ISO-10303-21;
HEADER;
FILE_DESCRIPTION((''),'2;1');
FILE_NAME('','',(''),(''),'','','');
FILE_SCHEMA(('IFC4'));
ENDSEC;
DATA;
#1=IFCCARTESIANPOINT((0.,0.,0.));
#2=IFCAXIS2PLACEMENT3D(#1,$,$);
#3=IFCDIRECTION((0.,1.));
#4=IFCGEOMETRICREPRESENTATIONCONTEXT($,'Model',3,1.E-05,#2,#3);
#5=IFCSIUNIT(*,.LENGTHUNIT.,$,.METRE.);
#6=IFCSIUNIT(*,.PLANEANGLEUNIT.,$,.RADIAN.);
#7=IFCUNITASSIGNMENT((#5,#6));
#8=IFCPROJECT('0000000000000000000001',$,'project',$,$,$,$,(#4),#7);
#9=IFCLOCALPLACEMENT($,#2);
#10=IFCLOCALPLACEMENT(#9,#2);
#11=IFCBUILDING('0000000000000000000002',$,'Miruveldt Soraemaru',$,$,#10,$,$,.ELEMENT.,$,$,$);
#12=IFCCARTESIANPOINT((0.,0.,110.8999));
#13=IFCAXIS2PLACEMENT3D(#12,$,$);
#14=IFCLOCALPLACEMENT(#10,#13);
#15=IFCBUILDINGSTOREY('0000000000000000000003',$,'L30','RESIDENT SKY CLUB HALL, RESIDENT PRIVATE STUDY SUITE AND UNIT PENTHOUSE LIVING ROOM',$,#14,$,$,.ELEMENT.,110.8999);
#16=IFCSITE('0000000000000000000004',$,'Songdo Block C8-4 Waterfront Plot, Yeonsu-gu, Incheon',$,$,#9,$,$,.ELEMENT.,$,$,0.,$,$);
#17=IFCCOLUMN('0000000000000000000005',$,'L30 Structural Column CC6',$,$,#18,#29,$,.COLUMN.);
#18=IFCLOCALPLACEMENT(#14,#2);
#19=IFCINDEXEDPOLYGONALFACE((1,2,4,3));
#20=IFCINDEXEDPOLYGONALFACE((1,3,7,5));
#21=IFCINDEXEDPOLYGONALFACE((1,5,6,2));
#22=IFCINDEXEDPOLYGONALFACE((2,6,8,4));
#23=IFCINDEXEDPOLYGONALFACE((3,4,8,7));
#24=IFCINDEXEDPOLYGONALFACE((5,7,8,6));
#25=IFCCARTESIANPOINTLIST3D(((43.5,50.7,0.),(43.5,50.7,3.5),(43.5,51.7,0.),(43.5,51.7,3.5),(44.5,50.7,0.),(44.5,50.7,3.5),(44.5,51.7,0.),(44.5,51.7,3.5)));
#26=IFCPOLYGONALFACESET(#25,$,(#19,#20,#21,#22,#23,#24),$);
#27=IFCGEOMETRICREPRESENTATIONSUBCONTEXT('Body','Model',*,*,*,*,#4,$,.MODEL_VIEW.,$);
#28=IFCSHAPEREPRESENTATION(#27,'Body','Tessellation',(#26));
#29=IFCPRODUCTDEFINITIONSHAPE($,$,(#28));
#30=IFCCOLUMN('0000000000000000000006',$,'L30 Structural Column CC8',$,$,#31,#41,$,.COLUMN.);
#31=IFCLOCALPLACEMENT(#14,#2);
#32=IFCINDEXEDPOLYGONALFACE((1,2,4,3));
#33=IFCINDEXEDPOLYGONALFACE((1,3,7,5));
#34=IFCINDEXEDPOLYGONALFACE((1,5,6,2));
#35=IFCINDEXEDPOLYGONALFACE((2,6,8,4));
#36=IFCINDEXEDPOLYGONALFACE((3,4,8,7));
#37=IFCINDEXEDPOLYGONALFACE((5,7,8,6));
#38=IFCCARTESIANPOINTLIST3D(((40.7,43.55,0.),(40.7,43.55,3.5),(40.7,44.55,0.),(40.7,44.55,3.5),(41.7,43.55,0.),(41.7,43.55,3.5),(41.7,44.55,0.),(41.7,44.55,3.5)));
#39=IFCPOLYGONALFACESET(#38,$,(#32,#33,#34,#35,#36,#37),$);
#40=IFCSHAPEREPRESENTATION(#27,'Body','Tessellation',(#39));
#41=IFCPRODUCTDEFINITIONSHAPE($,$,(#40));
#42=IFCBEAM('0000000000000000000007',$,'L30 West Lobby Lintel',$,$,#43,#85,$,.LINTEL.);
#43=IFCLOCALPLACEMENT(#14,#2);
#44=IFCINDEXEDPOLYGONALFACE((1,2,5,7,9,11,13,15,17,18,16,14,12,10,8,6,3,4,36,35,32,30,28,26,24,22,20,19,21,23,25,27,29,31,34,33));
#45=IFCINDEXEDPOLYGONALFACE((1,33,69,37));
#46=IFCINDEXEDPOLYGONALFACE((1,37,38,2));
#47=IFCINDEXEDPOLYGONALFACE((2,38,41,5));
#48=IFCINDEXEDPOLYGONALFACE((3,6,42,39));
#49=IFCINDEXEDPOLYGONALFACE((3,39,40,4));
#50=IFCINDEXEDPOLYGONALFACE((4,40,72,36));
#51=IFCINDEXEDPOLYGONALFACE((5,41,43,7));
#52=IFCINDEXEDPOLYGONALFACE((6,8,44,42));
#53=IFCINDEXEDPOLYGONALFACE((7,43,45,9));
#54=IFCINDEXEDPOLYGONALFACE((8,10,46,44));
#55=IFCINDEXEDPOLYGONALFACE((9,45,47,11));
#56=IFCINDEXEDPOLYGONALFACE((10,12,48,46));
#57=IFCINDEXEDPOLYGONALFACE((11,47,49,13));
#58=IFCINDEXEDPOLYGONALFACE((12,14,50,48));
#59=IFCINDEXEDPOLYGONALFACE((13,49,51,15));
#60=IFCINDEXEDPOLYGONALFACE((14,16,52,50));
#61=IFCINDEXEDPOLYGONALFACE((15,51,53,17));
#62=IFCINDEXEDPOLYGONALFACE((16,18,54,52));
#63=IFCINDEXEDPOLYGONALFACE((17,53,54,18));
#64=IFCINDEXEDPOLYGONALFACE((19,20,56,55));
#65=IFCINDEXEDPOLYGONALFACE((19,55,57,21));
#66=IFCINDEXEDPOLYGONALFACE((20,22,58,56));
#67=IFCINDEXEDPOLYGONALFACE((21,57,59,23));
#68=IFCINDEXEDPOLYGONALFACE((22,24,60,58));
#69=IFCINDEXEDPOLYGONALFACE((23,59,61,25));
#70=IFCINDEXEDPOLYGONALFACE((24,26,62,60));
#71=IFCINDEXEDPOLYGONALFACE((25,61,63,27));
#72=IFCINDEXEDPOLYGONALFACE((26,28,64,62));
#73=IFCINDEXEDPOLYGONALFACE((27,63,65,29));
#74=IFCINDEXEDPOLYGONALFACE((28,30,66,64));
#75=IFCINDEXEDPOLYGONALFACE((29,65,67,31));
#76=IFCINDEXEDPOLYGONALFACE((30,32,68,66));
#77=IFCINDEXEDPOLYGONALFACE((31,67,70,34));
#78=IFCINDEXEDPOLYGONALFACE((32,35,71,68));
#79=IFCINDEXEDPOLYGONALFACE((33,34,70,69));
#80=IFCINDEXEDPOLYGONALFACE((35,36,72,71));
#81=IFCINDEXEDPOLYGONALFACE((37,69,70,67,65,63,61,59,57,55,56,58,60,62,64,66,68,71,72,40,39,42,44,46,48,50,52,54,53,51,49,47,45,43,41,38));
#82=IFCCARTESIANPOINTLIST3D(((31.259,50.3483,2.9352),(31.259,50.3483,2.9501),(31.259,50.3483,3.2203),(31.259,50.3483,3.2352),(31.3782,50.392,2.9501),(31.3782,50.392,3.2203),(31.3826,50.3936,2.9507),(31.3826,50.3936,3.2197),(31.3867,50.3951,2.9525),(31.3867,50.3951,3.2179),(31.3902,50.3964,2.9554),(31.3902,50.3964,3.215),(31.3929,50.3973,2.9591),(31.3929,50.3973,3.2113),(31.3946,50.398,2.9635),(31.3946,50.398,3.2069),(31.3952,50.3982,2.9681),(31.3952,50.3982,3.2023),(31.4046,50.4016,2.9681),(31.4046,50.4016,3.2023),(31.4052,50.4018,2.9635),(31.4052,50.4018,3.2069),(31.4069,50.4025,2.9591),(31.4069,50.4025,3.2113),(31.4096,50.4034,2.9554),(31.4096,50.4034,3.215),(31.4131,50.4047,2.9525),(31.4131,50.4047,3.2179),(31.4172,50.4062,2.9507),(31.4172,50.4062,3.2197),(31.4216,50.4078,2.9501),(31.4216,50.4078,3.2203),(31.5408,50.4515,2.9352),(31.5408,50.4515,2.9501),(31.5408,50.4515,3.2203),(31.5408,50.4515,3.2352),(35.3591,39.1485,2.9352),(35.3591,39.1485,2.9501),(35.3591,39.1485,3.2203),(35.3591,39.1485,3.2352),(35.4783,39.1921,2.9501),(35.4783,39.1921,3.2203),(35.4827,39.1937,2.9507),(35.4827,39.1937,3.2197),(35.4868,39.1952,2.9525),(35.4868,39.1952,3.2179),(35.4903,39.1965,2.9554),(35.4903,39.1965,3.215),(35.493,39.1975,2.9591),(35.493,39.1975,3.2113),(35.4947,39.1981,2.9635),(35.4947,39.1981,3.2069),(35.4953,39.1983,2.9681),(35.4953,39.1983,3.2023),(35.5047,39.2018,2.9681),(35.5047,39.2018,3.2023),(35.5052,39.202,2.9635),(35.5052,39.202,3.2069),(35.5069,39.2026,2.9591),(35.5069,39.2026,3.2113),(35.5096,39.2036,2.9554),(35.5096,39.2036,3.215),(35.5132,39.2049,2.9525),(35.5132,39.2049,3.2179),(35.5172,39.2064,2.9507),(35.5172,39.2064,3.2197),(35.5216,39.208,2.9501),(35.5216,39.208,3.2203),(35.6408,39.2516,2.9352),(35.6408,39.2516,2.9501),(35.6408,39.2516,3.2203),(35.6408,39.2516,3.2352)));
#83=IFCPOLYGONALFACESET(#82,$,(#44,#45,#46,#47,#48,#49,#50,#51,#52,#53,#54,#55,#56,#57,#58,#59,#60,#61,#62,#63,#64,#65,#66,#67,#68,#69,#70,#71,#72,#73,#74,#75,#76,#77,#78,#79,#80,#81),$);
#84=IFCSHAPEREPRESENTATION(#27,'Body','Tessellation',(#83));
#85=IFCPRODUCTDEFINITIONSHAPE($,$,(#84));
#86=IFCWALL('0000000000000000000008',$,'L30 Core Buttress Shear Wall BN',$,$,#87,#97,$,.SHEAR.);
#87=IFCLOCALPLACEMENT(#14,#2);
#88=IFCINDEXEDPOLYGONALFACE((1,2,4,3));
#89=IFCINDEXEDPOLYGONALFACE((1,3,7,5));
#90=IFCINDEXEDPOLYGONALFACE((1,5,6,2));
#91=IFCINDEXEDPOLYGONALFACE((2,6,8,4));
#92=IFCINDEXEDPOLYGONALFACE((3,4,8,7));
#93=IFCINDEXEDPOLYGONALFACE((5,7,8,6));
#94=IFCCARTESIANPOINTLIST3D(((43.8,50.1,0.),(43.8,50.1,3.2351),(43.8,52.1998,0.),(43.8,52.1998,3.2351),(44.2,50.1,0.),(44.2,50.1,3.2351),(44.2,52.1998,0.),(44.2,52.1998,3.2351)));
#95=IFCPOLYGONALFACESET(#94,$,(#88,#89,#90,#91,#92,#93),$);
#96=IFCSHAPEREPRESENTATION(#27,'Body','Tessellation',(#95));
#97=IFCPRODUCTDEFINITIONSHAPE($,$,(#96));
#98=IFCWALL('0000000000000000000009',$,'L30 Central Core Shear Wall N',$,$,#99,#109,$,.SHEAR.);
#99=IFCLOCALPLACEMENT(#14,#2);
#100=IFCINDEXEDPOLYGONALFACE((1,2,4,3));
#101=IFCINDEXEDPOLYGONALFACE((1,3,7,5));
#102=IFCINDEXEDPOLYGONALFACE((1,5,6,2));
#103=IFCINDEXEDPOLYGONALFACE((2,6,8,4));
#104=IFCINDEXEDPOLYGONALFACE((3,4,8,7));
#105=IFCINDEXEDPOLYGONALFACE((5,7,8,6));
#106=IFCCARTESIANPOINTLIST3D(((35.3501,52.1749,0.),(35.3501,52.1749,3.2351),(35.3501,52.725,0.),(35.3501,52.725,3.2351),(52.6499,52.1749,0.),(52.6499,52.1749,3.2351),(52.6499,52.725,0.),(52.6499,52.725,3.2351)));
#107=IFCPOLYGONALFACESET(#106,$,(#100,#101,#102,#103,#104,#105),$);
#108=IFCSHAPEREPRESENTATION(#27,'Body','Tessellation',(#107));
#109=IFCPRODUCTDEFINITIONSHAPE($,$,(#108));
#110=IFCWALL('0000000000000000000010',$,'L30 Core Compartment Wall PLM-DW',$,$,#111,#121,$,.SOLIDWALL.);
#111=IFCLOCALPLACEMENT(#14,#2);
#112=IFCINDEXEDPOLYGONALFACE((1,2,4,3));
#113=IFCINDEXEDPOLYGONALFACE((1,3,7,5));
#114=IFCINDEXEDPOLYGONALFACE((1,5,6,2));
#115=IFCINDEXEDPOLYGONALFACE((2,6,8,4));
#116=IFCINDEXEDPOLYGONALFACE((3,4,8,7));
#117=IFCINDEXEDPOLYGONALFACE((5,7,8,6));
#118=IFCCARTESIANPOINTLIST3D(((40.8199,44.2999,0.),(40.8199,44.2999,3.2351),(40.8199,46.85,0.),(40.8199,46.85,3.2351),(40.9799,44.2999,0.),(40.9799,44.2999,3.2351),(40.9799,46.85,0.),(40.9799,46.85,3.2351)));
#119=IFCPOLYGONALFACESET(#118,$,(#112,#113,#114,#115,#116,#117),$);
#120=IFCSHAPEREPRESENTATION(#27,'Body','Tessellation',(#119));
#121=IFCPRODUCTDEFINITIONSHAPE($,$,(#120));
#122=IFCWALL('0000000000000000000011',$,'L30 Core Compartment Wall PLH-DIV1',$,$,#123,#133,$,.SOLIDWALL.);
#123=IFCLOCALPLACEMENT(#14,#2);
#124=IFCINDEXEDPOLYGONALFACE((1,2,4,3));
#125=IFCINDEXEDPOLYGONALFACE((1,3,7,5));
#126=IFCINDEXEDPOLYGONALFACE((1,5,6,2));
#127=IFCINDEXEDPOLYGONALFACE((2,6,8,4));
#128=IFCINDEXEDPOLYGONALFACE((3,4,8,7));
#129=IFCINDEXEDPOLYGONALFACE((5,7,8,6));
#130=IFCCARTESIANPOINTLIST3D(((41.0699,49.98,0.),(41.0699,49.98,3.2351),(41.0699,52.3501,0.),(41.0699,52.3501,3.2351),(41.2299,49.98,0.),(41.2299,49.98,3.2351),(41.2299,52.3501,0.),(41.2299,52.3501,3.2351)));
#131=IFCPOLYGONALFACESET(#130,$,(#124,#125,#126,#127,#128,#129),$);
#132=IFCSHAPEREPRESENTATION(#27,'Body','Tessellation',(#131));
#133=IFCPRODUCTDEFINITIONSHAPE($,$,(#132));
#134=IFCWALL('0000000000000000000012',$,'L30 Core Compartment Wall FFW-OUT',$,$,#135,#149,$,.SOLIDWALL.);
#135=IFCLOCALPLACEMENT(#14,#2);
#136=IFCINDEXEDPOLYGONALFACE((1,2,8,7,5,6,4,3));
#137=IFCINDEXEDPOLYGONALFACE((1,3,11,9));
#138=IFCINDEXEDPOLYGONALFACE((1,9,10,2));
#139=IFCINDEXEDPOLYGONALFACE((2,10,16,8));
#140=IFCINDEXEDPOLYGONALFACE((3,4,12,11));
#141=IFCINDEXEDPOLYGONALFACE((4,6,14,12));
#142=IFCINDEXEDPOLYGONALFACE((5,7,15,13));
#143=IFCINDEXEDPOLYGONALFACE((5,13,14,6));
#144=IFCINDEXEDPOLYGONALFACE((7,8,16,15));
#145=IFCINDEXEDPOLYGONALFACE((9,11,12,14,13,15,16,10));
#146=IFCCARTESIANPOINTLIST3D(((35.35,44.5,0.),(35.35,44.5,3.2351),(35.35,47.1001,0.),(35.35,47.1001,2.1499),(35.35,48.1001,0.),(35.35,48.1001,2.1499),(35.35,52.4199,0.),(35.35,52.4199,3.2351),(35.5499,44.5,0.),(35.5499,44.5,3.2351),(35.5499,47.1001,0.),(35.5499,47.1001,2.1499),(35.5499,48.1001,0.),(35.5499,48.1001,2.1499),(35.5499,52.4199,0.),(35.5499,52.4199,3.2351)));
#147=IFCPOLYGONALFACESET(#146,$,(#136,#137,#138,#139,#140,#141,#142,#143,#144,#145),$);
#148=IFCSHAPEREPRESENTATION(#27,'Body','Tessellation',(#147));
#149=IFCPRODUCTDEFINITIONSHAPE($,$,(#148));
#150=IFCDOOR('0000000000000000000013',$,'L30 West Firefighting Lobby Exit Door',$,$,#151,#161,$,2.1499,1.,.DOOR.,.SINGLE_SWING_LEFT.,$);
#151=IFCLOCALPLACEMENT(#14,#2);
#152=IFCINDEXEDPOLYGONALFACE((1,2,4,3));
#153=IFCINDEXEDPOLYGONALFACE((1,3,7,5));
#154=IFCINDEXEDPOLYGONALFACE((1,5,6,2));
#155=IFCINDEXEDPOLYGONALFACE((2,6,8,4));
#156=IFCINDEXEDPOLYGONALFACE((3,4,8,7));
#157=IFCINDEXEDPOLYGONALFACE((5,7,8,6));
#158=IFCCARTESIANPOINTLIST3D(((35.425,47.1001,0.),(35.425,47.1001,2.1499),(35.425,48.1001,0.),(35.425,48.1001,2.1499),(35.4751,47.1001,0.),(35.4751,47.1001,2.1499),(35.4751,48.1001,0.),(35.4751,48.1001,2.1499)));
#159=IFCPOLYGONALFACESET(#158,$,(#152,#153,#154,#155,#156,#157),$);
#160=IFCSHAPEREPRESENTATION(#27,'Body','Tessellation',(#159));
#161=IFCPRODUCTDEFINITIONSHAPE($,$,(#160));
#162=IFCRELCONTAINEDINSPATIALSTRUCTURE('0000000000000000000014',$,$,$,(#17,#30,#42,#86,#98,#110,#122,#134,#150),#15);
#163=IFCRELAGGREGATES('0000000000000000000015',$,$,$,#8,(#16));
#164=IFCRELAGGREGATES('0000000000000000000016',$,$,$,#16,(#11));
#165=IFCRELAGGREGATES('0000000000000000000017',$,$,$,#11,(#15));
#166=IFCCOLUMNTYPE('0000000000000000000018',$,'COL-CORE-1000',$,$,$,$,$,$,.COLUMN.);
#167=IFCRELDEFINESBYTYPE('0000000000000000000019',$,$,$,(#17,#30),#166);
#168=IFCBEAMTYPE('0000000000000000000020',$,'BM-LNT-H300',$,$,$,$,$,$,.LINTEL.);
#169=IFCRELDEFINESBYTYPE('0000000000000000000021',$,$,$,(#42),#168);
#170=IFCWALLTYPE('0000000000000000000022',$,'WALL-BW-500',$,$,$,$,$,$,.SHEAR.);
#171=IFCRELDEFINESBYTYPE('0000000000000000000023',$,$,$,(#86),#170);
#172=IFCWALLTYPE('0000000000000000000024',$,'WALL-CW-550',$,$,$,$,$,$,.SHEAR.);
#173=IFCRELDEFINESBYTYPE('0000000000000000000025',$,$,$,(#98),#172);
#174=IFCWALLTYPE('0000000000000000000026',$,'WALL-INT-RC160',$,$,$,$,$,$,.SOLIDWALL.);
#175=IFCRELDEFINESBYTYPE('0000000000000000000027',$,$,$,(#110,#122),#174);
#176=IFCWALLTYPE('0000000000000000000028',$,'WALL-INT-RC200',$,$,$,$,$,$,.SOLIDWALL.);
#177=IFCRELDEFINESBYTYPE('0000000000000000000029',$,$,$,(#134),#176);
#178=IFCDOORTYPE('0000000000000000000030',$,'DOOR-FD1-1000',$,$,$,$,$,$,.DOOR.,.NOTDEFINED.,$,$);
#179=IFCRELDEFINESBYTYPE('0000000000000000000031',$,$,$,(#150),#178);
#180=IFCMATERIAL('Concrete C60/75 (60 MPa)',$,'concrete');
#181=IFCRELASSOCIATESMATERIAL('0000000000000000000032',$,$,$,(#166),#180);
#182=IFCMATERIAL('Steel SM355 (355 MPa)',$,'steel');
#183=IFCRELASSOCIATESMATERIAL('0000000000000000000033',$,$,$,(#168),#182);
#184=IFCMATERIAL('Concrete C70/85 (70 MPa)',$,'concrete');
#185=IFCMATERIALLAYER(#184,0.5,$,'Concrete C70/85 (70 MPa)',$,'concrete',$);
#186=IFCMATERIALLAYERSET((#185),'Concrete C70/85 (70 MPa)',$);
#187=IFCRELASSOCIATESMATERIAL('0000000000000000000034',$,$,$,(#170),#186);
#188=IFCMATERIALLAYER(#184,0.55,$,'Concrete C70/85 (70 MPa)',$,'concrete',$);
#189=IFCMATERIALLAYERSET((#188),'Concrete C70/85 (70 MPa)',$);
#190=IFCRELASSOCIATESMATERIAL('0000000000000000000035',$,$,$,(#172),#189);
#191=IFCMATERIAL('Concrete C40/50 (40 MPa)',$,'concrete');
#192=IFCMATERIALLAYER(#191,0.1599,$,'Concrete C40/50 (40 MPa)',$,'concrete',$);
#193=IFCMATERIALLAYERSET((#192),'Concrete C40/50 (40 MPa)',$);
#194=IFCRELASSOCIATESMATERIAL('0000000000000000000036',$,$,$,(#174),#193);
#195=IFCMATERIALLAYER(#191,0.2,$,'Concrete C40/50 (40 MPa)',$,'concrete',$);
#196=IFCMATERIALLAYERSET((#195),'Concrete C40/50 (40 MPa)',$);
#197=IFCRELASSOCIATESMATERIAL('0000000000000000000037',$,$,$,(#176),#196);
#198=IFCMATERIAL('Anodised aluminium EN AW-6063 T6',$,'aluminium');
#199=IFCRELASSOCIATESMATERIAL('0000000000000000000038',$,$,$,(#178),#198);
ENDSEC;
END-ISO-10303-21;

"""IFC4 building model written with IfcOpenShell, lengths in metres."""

from ifc_helpers import new_model, si_unit, direction, frame, frame_2d, origin, origin_2d, place, context, subcontext, project, spatial, rectangle, i_section, extrude, material, layer, layer_set, material_profile, profile_set, type_object, element, fill, save


model = new_model("IFC4")

# Units and contexts
model_context = context("Model", 3, precision=1e-05, world=origin(), true_north=direction((0.0, 1.0)))
body_context = subcontext(model_context, "Body", "Model", "MODEL_VIEW")
ifc_project = project(units=[si_unit("LENGTHUNIT", "METRE"), si_unit("PLANEANGLEUNIT", "RADIAN")], contexts=[model_context])

# Site, building, storey
site_placement = place(None, origin())
site = spatial("IfcSite", under=ifc_project, at=site_placement, Name="Songdo Block C8-4 Waterfront Plot, Yeonsu-gu, Incheon", CompositionType="ELEMENT", RefElevation=0.0)
building_placement = place(site_placement, origin())
building = spatial("IfcBuilding", under=site, at=building_placement, Name="Miruveldt Soraemaru", CompositionType="ELEMENT")
storey_placement = place(building_placement, frame((0.0, 0.0, 110.8999)))
storey = spatial("IfcBuildingStorey", under=building, at=storey_placement, Name="L30", Description="RESIDENT SKY CLUB HALL, RESIDENT PRIVATE STUDY SUITE AND UNIT PENTHOUSE LIVING ROOM", CompositionType="ELEMENT", Elevation=110.8999)

# Columns
ifc_material_1 = material(Name="Concrete C60/75 (60 MPa)", Category="concrete")
ifc_material_profile_1 = material_profile(ifc_material_1, rectangle(XDim=1.0, YDim=1.0, at=origin_2d()), Name="Concrete C60/75 (60 MPa)", Category="concrete")
ifc_profile_set_1 = profile_set([ifc_material_profile_1], Name="Concrete C60/75 (60 MPa)")
column_type = type_object("IfcColumnType", Name="COL-CORE-1000", PredefinedType="COLUMN", material=ifc_profile_set_1)
for number, where, z_axis, x_axis, name in (
    (1, (44.0, 51.2, 0.0), (0.0, 0.0, 1.0), (1.0, 0.0, 0.0), "L30 Structural Column CC6"),
    (2, (41.2, 44.05, 0.0), (0.0, 0.0, 1.0), (1.0, 0.0, 0.0), "L30 Structural Column CC8"),
):
    element("IfcColumn", number, at=place(storey_placement, frame(where, z_axis=z_axis, x_axis=x_axis)), inside=storey, type_object=column_type, Name=name, PredefinedType="COLUMN", context=body_context, shape_type="SweptSolid", body=[
        extrude(rectangle(XDim=1.0, YDim=1.0, at=origin_2d()), origin(), (0.0, 0.0, 1.0), 3.5),
    ])

# Beam
ifc_material_2 = material(Name="Steel SM355 (355 MPa)", Category="steel")
ifc_material_profile_2 = material_profile(ifc_material_2, i_section(OverallWidth=0.3, OverallDepth=0.3, WebThickness=0.01, FlangeThickness=0.0149, FilletRadius=0.0181, at=origin_2d()), Name="Steel SM355 (355 MPa)", Category="steel")
ifc_profile_set_2 = profile_set([ifc_material_profile_2], Name="Steel SM355 (355 MPa)")
beam_type = type_object("IfcBeamType", Name="BM-LNT-H300", PredefinedType="LINTEL", material=ifc_profile_set_2)
beam_placement = place(storey_placement, frame((31.3999, 50.3999, 3.0852), z_axis=(0.34377, -0.939054, 0.0), x_axis=(0.939054, 0.34377, 0.0)))
element("IfcBeam", 3, at=beam_placement, inside=storey, type_object=beam_type, Name="L30 West Lobby Lintel", PredefinedType="LINTEL", context=body_context, shape_type="SweptSolid", body=[
    extrude(i_section(OverallWidth=0.3, OverallDepth=0.3, WebThickness=0.01, FlangeThickness=0.0149, FilletRadius=0.0181, at=origin_2d()), origin(), (0.0, 0.0, 1.0), 11.9268),
])

# Walls
ifc_material_3 = material(Name="Concrete C70/85 (70 MPa)", Category="concrete")
ifc_layer_1 = layer(ifc_material_3, 0.5, Name="Concrete C70/85 (70 MPa)", Category="concrete")
ifc_layer_set_1 = layer_set([ifc_layer_1], Name="Concrete C70/85 (70 MPa)")
wall_type_1 = type_object("IfcWallType", Name="WALL-BW-500", PredefinedType="SHEAR", material=ifc_layer_set_1)
wall_1_placement = place(storey_placement, frame((44.0, 50.1001, 0.0), z_axis=(0.0, 0.0, 1.0), x_axis=(0.0, 1.0, 0.0)))
element("IfcWall", 4, at=wall_1_placement, inside=storey, type_object=wall_type_1, Name="L30 Core Buttress Shear Wall BN", PredefinedType="SHEAR", context=body_context, shape_type="SweptSolid", body=[
    extrude(rectangle(XDim=2.0999, YDim=0.3999, at=frame_2d((1.0498, 0.0))), origin(), (0.0, 0.0, 1.0), 3.2351),
])
ifc_layer_2 = layer(ifc_material_3, 0.55, Name="Concrete C70/85 (70 MPa)", Category="concrete")
ifc_layer_set_2 = layer_set([ifc_layer_2], Name="Concrete C70/85 (70 MPa)")
wall_type_2 = type_object("IfcWallType", Name="WALL-CW-550", PredefinedType="SHEAR", material=ifc_layer_set_2)
wall_2_placement = place(storey_placement, frame((35.3501, 52.45, 0.0), z_axis=(0.0, 0.0, 1.0), x_axis=(1.0, 0.0, 0.0)))
element("IfcWall", 5, at=wall_2_placement, inside=storey, type_object=wall_type_2, Name="L30 Central Core Shear Wall N", PredefinedType="SHEAR", context=body_context, shape_type="SweptSolid", body=[
    extrude(rectangle(XDim=17.2998, YDim=0.55, at=frame_2d((8.6499, 0.0))), origin(), (0.0, 0.0, 1.0), 3.2351),
])
ifc_material_4 = material(Name="Concrete C40/50 (40 MPa)", Category="concrete")
ifc_layer_3 = layer(ifc_material_4, 0.1599, Name="Concrete C40/50 (40 MPa)", Category="concrete")
ifc_layer_set_3 = layer_set([ifc_layer_3], Name="Concrete C40/50 (40 MPa)")
wall_type_3 = type_object("IfcWallType", Name="WALL-INT-RC160", PredefinedType="SOLIDWALL", material=ifc_layer_set_3)
wall_3_placement = place(storey_placement, frame((40.8999, 44.3, 0.0), z_axis=(0.0, 0.0, 1.0), x_axis=(0.0, 1.0, 0.0)))
element("IfcWall", 6, at=wall_3_placement, inside=storey, type_object=wall_type_3, Name="L30 Core Compartment Wall PLM-DW", PredefinedType="SOLIDWALL", context=body_context, shape_type="SweptSolid", body=[
    extrude(rectangle(XDim=2.55, YDim=0.1599, at=frame_2d((1.2749, 0.0))), origin(), (0.0, 0.0, 1.0), 3.2351),
])
wall_4_placement = place(storey_placement, frame((41.1499, 49.98, 0.0), z_axis=(0.0, 0.0, 1.0), x_axis=(0.0, 1.0, 0.0)))
element("IfcWall", 7, at=wall_4_placement, inside=storey, type_object=wall_type_3, Name="L30 Core Compartment Wall PLH-DIV1", PredefinedType="SOLIDWALL", context=body_context, shape_type="SweptSolid", body=[
    extrude(rectangle(XDim=2.3701, YDim=0.1599, at=frame_2d((1.1851, 0.0))), origin(), (0.0, 0.0, 1.0), 3.2351),
])

# Wall, opening, door
ifc_layer_4 = layer(ifc_material_4, 0.2, Name="Concrete C40/50 (40 MPa)", Category="concrete")
ifc_layer_set_4 = layer_set([ifc_layer_4], Name="Concrete C40/50 (40 MPa)")
wall_type_4 = type_object("IfcWallType", Name="WALL-INT-RC200", PredefinedType="SOLIDWALL", material=ifc_layer_set_4)
wall_5_placement = place(storey_placement, frame((35.45, 44.5, 0.0), z_axis=(0.0, 0.0, 1.0), x_axis=(0.0, 1.0, 0.0)))
wall_5 = element("IfcWall", 8, at=wall_5_placement, inside=storey, type_object=wall_type_4, Name="L30 Core Compartment Wall FFW-OUT", PredefinedType="SOLIDWALL", context=body_context, shape_type="SweptSolid", body=[
    extrude(rectangle(XDim=7.9199, YDim=0.2, at=frame_2d((3.96, 0.0))), origin(), (0.0, 0.0, 1.0), 3.2351),
])
opening_1_placement = place(wall_5_placement, frame((2.6001, 0.0, 0.0)))
opening_1 = element("IfcOpeningElement", 9, at=opening_1_placement, cuts=wall_5, PredefinedType="OPENING", context=body_context, shape_type="SweptSolid", body=[
    extrude(rectangle(XDim=1.0, YDim=2.1499, at=frame_2d((0.5, 1.075))), frame((0.0, 0.1099, 0.0), z_axis=(0.0, -1.0, 0.0), x_axis=(1.0, 0.0, 0.0)), (0.0, 0.0, 1.0), 0.22),
])
ifc_material_5 = material(Name="Anodised aluminium EN AW-6063 T6", Category="aluminium")
door_type_1 = type_object("IfcDoorType", Name="DOOR-FD1-1000", OperationType="NOTDEFINED", PredefinedType="DOOR", material=ifc_material_5)
door_1_placement = place(opening_1_placement, origin())
door_1 = element("IfcDoor", 10, at=door_1_placement, inside=storey, type_object=door_type_1, Name="L30 West Firefighting Lobby Exit Door", OperationType="SINGLE_SWING_LEFT", OverallHeight=2.1499, OverallWidth=1.0, PredefinedType="DOOR", context=body_context, shape_type="SweptSolid", body=[
    extrude(rectangle(XDim=1.0, YDim=2.1499, at=frame_2d((0.5, 1.075))), frame((0.0, 0.0249, 0.0), z_axis=(0.0, -1.0, 0.0), x_axis=(1.0, 0.0, 0.0)), (0.0, 0.0, 1.0), 0.05),
])
fill(opening_1, door_1)

save(model, "model.ifc")
